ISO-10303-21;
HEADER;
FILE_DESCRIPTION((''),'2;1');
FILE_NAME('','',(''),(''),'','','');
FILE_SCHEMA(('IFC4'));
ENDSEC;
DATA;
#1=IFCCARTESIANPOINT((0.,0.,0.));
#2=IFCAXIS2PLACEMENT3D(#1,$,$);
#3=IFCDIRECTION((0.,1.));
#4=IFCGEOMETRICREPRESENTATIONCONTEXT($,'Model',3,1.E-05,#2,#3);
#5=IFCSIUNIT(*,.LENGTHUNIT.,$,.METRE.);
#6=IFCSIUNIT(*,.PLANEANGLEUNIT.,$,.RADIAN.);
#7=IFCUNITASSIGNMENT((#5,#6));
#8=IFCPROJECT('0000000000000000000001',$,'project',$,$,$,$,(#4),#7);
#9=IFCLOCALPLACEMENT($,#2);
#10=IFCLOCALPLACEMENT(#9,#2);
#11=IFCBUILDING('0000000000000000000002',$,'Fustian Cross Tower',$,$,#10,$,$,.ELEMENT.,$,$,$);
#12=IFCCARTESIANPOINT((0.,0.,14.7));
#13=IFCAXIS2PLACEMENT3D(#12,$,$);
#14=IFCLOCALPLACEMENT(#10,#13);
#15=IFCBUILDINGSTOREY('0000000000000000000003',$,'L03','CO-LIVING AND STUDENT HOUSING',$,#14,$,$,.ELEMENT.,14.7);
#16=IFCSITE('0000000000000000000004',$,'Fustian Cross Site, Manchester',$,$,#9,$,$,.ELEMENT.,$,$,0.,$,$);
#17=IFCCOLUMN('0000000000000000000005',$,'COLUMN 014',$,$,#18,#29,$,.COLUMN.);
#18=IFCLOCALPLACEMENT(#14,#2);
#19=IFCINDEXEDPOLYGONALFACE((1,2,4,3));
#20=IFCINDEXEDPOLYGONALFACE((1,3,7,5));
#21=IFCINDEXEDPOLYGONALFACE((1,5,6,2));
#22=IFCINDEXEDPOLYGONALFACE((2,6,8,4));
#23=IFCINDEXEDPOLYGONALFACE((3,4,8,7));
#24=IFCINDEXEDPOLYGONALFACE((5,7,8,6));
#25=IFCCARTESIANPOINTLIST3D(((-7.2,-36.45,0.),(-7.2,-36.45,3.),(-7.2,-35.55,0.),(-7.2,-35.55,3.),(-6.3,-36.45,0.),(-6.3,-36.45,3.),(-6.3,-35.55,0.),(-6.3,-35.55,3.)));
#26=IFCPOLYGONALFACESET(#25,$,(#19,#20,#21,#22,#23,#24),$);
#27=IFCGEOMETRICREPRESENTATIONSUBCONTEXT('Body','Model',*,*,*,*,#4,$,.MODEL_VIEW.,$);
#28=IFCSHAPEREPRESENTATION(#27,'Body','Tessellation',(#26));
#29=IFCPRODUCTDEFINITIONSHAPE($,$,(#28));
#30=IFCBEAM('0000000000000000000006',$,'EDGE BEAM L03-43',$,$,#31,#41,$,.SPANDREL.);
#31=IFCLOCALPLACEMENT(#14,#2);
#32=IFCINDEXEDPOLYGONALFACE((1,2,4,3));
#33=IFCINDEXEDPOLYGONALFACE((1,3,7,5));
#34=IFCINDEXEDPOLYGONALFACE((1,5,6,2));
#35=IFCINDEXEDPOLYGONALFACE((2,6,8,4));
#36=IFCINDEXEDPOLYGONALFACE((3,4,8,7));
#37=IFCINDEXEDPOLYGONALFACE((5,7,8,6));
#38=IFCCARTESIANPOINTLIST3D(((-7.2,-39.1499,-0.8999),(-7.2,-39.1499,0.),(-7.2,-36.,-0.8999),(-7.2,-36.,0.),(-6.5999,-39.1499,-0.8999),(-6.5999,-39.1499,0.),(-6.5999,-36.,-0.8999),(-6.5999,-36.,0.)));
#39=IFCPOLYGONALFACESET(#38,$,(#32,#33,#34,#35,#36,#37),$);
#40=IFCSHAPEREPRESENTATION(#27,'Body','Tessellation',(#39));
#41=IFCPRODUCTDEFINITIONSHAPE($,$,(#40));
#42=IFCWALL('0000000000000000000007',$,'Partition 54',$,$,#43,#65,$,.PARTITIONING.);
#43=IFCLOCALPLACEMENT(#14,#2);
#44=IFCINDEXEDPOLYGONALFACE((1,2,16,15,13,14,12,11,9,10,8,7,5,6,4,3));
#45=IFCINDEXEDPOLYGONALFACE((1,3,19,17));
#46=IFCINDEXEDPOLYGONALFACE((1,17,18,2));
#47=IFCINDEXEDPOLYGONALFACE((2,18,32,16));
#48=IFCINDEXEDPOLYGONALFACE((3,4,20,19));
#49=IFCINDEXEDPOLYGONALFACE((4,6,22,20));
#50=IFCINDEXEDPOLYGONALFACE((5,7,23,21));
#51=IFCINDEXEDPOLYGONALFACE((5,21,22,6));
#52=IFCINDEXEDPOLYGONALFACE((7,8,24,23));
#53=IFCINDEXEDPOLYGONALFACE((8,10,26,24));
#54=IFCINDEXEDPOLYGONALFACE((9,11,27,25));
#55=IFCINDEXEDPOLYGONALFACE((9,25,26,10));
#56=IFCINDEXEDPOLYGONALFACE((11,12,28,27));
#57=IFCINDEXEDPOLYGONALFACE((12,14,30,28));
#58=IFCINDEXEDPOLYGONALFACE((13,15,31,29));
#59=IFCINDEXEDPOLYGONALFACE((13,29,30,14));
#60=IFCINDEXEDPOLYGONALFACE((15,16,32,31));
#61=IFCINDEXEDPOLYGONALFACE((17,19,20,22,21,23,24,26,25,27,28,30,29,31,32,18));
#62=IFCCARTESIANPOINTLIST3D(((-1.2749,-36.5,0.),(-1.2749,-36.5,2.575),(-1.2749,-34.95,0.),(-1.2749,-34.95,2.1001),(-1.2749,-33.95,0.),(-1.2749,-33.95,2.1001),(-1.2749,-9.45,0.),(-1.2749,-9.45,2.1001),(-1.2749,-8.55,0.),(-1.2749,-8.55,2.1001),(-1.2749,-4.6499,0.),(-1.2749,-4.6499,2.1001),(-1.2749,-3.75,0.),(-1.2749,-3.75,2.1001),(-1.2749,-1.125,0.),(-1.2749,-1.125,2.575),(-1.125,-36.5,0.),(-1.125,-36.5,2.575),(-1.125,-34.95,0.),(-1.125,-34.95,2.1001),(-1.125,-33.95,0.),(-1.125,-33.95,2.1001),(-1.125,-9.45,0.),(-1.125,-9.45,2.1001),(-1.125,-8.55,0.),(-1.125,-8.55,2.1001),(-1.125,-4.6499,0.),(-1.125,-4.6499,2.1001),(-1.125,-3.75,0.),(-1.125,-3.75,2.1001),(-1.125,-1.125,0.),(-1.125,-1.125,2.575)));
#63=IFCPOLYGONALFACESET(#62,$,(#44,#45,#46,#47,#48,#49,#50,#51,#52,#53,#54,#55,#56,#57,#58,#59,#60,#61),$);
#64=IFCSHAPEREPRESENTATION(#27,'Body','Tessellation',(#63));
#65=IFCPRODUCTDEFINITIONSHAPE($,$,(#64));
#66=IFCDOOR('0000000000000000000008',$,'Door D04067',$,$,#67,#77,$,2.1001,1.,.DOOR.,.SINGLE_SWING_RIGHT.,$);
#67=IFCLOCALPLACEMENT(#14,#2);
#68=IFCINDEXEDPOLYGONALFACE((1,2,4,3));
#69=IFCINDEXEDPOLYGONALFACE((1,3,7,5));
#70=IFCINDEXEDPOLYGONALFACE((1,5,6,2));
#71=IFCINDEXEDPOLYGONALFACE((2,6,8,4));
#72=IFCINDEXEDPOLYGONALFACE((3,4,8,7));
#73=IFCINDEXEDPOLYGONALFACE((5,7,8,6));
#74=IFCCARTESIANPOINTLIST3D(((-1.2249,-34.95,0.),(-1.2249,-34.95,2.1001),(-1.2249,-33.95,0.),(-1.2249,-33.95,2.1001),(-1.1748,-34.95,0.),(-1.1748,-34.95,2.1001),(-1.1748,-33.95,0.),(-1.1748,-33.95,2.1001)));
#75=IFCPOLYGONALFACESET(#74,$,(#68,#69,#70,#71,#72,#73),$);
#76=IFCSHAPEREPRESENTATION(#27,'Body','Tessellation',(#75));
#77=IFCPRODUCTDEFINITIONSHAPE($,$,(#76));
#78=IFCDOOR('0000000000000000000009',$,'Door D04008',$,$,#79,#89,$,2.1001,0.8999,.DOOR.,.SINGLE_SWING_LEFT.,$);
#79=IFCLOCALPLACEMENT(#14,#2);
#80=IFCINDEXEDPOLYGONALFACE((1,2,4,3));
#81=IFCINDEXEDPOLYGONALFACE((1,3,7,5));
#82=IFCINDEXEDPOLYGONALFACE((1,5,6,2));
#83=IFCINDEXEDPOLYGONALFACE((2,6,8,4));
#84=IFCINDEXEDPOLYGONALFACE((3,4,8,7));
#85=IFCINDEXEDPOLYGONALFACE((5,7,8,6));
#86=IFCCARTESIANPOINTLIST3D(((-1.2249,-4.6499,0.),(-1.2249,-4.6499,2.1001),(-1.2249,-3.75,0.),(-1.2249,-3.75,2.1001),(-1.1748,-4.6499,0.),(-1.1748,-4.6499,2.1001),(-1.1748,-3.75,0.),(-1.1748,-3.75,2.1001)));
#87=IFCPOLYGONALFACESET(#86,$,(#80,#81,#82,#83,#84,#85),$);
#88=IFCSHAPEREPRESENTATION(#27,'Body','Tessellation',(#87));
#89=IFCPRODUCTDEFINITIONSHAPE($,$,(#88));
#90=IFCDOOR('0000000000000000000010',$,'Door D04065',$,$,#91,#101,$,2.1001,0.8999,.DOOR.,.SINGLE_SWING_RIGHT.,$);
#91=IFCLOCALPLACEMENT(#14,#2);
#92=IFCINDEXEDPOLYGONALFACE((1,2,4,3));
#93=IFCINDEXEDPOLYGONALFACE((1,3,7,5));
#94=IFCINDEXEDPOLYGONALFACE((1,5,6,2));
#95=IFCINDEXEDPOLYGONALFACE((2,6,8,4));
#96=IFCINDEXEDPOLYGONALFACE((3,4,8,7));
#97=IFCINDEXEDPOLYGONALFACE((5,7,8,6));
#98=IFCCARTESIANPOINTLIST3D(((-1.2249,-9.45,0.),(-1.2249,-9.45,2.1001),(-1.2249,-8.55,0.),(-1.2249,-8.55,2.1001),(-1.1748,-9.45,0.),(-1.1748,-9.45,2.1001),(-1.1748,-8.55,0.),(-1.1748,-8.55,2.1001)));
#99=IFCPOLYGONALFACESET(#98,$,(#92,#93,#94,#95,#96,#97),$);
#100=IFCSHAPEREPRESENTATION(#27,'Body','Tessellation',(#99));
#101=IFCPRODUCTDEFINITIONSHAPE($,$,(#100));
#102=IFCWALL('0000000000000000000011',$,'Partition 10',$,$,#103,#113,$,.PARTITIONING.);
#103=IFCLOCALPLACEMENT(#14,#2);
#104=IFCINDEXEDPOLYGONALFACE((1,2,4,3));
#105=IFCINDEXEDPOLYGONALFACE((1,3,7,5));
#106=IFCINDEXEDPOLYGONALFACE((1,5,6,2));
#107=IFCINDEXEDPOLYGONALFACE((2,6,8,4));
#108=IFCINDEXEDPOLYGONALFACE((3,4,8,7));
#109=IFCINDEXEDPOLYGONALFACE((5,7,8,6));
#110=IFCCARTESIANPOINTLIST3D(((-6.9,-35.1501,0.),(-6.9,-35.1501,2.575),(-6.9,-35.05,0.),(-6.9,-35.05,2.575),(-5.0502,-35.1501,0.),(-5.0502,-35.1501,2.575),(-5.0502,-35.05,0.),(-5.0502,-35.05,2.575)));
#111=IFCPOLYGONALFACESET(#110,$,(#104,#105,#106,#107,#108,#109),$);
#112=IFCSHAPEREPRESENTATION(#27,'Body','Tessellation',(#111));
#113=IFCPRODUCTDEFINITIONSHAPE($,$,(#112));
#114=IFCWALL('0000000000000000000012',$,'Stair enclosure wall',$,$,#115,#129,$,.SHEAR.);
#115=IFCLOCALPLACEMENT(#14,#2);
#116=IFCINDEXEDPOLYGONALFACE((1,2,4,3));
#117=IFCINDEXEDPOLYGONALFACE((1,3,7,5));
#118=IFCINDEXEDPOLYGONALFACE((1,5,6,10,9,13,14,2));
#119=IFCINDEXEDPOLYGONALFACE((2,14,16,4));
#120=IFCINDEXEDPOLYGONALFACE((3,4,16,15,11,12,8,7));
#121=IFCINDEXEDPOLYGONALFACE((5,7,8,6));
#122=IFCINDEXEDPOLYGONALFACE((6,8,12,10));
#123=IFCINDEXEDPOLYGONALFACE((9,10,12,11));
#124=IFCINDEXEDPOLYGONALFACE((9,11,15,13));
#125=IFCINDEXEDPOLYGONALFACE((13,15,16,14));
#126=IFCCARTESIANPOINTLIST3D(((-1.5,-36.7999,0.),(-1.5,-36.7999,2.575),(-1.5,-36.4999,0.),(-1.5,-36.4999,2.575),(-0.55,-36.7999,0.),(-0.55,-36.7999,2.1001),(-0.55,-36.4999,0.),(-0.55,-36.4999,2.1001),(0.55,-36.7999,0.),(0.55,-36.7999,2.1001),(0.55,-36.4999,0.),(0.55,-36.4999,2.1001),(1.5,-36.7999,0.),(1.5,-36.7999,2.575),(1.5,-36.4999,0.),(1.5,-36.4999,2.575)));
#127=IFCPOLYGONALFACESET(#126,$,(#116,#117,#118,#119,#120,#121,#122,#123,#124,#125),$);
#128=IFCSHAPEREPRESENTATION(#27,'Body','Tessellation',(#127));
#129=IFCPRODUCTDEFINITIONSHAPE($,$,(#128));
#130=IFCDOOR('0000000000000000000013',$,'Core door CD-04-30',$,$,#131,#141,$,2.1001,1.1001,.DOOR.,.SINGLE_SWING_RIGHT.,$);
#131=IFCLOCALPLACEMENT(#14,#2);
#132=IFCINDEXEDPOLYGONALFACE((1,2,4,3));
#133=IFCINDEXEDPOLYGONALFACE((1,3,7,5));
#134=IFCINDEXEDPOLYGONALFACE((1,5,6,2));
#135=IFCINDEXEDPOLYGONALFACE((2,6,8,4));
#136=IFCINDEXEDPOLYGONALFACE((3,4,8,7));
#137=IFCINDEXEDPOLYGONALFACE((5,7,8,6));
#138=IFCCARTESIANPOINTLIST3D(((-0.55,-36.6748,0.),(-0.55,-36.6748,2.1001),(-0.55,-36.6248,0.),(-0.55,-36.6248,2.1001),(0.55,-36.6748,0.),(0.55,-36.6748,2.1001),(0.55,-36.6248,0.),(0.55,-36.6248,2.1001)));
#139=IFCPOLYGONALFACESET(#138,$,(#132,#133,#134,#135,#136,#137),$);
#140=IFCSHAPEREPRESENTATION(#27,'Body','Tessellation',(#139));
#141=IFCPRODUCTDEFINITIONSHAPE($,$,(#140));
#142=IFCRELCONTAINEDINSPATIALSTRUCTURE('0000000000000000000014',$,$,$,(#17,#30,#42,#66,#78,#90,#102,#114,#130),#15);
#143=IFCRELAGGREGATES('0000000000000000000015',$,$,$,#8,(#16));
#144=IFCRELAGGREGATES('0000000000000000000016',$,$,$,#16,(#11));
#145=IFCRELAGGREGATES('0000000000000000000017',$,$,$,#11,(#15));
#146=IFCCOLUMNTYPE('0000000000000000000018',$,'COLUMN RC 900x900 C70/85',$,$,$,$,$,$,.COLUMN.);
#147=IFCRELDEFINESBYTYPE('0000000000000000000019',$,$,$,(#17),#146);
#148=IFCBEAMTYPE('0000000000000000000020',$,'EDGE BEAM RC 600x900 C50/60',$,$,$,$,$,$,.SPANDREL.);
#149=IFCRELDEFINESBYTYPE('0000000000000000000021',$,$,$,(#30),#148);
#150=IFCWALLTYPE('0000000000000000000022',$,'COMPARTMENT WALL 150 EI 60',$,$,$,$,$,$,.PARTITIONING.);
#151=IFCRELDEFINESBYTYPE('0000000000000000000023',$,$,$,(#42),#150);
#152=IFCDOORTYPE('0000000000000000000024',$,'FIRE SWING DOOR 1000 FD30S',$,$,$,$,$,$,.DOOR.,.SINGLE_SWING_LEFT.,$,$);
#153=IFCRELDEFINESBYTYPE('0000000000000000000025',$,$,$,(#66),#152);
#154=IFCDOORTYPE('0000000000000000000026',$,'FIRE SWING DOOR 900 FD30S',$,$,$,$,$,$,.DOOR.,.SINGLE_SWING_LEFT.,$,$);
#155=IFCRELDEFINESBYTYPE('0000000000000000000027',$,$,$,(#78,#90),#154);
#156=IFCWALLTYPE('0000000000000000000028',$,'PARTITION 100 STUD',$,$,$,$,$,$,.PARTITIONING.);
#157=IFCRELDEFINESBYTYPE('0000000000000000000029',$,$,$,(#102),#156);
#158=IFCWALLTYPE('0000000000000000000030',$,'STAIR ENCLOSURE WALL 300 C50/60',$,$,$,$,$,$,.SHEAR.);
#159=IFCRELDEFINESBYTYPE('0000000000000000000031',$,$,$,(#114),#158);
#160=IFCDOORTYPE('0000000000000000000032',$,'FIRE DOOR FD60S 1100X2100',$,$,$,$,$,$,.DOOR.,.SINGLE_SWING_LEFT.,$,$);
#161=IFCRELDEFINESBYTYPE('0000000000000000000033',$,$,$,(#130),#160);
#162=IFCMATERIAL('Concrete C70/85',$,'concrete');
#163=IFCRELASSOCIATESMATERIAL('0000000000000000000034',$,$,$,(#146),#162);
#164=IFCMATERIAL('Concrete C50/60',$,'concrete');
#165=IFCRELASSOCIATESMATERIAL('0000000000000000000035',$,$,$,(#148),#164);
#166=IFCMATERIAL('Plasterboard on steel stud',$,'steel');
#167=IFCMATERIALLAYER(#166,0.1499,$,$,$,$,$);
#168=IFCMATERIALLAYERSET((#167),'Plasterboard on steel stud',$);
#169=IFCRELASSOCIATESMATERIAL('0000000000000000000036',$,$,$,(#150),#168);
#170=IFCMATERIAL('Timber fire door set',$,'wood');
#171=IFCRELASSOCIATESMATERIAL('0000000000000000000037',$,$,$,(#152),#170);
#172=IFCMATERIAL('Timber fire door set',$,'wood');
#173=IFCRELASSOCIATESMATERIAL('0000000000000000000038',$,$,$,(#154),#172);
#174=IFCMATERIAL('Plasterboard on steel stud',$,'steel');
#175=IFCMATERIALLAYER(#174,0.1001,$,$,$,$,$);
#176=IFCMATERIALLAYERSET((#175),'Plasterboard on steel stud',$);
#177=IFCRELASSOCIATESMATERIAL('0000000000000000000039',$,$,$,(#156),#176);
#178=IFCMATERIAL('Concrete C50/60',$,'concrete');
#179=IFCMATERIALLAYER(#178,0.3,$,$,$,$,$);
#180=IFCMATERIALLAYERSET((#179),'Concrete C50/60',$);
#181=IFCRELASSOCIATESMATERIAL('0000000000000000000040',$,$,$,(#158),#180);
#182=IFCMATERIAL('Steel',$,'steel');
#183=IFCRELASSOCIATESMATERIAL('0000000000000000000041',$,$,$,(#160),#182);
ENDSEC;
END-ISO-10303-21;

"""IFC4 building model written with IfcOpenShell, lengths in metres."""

from ifc_helpers import new_model, si_unit, direction, frame, frame_2d, origin, origin_2d, place, context, subcontext, project, spatial, rectangle, extrude, material, layer, layer_set, material_profile, profile_set, type_object, element, fill, save


model = new_model("IFC4")

# Units and contexts
model_context = context("Model", 3, precision=1e-05, world=origin(), true_north=direction((0.0, 1.0)))
body_context = subcontext(model_context, "Body", "Model", "MODEL_VIEW")
ifc_project = project(units=[si_unit("LENGTHUNIT", "METRE"), si_unit("PLANEANGLEUNIT", "RADIAN")], contexts=[model_context])

# Site, building, storey
site_placement = place(None, origin())
site = spatial("IfcSite", under=ifc_project, at=site_placement, Name="Fustian Cross Site, Manchester", CompositionType="ELEMENT", RefElevation=0.0)
building_placement = place(site_placement, origin())
building = spatial("IfcBuilding", under=site, at=building_placement, Name="Fustian Cross Tower", CompositionType="ELEMENT")
storey_placement = place(building_placement, frame((0.0, 0.0, 14.7)))
storey = spatial("IfcBuildingStorey", under=building, at=storey_placement, Name="L03", Description="CO-LIVING AND STUDENT HOUSING", CompositionType="ELEMENT", Elevation=14.7)

# Column
ifc_material_1 = material(Name="Concrete C70/85", Category="concrete")
ifc_material_profile_1 = material_profile(ifc_material_1, rectangle(XDim=0.8999, YDim=0.8999, at=origin_2d()), Name="RC 900x900")
ifc_profile_set_1 = profile_set([ifc_material_profile_1], Name="Concrete C70/85")
column_type = type_object("IfcColumnType", Name="COLUMN RC 900x900 C70/85", PredefinedType="COLUMN", material=ifc_profile_set_1)
column_placement = place(storey_placement, frame((-6.75, -36.0, 0.0), z_axis=(0.0, 0.0, 1.0), x_axis=(1.0, 0.0, 0.0)))
element("IfcColumn", 1, at=column_placement, inside=storey, type_object=column_type, Name="COLUMN 014", PredefinedType="COLUMN", context=body_context, shape_type="SweptSolid", body=[
    extrude(rectangle(XDim=0.8999, YDim=0.8999, at=origin_2d()), origin(), (0.0, 0.0, 1.0), 3.0),
])

# Beam
ifc_material_2 = material(Name="Concrete C50/60", Category="concrete")
ifc_material_profile_2 = material_profile(ifc_material_2, rectangle(XDim=0.6001, YDim=0.8999, at=origin_2d()), Name="RC 600x900")
ifc_profile_set_2 = profile_set([ifc_material_profile_2], Name="Concrete C50/60")
beam_type = type_object("IfcBeamType", Name="EDGE BEAM RC 600x900 C50/60", PredefinedType="SPANDREL", material=ifc_profile_set_2)
beam_placement = place(storey_placement, frame((-6.8999, -36.0, -0.45), z_axis=(0.0, -1.0, 0.0), x_axis=(1.0, 0.0, 0.0)))
element("IfcBeam", 2, at=beam_placement, inside=storey, type_object=beam_type, Name="EDGE BEAM L03-43", PredefinedType="SPANDREL", context=body_context, shape_type="SweptSolid", body=[
    extrude(rectangle(XDim=0.6001, YDim=0.8999, at=origin_2d()), origin(), (0.0, 0.0, 1.0), 3.1499),
])

# Wall, openings, doors
ifc_material_3 = material(Name="Plasterboard on steel stud", Category="steel")
ifc_layer_1 = layer(ifc_material_3, 0.1499)
ifc_layer_set_1 = layer_set([ifc_layer_1], Name="Plasterboard on steel stud")
wall_type_1 = type_object("IfcWallType", Name="COMPARTMENT WALL 150 EI 60", PredefinedType="PARTITIONING", material=ifc_layer_set_1)
wall_1_placement = place(storey_placement, frame((-1.2, -36.5, 0.0), z_axis=(0.0, 0.0, 1.0), x_axis=(0.0, 1.0, 0.0)))
wall_1 = element("IfcWall", 3, at=wall_1_placement, inside=storey, type_object=wall_type_1, Name="Partition 54", PredefinedType="PARTITIONING", context=body_context, shape_type="SweptSolid", body=[
    extrude(rectangle(XDim=35.375, YDim=0.1499, at=frame_2d((17.6875, 0.0))), origin(), (0.0, 0.0, 1.0), 2.575),
])
opening_1_placement = place(wall_1_placement, frame((31.8501, 0.0, 0.0)))
opening_1 = element("IfcOpeningElement", 4, at=opening_1_placement, cuts=wall_1, PredefinedType="OPENING", context=body_context, shape_type="SweptSolid", body=[
    extrude(rectangle(XDim=0.8999, YDim=2.1001, at=frame_2d((0.45, 1.05))), frame((0.0, 0.085, 0.0), z_axis=(0.0, -1.0, 0.0), x_axis=(1.0, 0.0, 0.0)), (0.0, 0.0, 1.0), 0.1699),
])
opening_2_placement = place(wall_1_placement, frame((27.05, 0.0, 0.0)))
opening_2 = element("IfcOpeningElement", 5, at=opening_2_placement, cuts=wall_1, PredefinedType="OPENING", context=body_context, shape_type="SweptSolid", body=[
    extrude(rectangle(XDim=0.8999, YDim=2.1001, at=frame_2d((0.45, 1.05))), frame((0.0, 0.085, 0.0), z_axis=(0.0, -1.0, 0.0), x_axis=(1.0, 0.0, 0.0)), (0.0, 0.0, 1.0), 0.1699),
])
opening_3_placement = place(wall_1_placement, frame((1.55, 0.0, 0.0)))
opening_3 = element("IfcOpeningElement", 6, at=opening_3_placement, cuts=wall_1, PredefinedType="OPENING", context=body_context, shape_type="SweptSolid", body=[
    extrude(rectangle(XDim=1.0, YDim=2.1001, at=frame_2d((0.5, 1.05))), frame((0.0, 0.085, 0.0), z_axis=(0.0, -1.0, 0.0), x_axis=(1.0, 0.0, 0.0)), (0.0, 0.0, 1.0), 0.1699),
])
ifc_material_4 = material(Name="Timber fire door set", Category="wood")
door_type_1 = type_object("IfcDoorType", Name="FIRE SWING DOOR 1000 FD30S", OperationType="SINGLE_SWING_LEFT", PredefinedType="DOOR", material=ifc_material_4)
door_1_placement = place(opening_3_placement, origin())
door_1 = element("IfcDoor", 7, at=door_1_placement, inside=storey, type_object=door_type_1, Name="Door D04067", OperationType="SINGLE_SWING_RIGHT", OverallHeight=2.1001, OverallWidth=1.0, PredefinedType="DOOR", context=body_context, shape_type="SweptSolid", body=[
    extrude(rectangle(XDim=1.0, YDim=2.1001, at=frame_2d((0.5, 1.05))), frame((0.0, 0.0249, 0.0), z_axis=(0.0, -1.0, 0.0), x_axis=(1.0, 0.0, 0.0)), (0.0, 0.0, 1.0), 0.05),
])
fill(opening_3, door_1)
ifc_material_5 = material(Name="Timber fire door set", Category="wood")
door_type_2 = type_object("IfcDoorType", Name="FIRE SWING DOOR 900 FD30S", OperationType="SINGLE_SWING_LEFT", PredefinedType="DOOR", material=ifc_material_5)
door_2_placement = place(opening_1_placement, origin())
door_2 = element("IfcDoor", 8, at=door_2_placement, inside=storey, type_object=door_type_2, Name="Door D04008", OperationType="SINGLE_SWING_LEFT", OverallHeight=2.1001, OverallWidth=0.8999, PredefinedType="DOOR", context=body_context, shape_type="SweptSolid", body=[
    extrude(rectangle(XDim=0.8999, YDim=2.1001, at=frame_2d((0.45, 1.05))), frame((0.0, 0.0249, 0.0), z_axis=(0.0, -1.0, 0.0), x_axis=(1.0, 0.0, 0.0)), (0.0, 0.0, 1.0), 0.05),
])
fill(opening_1, door_2)
door_3_placement = place(opening_2_placement, origin())
door_3 = element("IfcDoor", 9, at=door_3_placement, inside=storey, type_object=door_type_2, Name="Door D04065", OperationType="SINGLE_SWING_RIGHT", OverallHeight=2.1001, OverallWidth=0.8999, PredefinedType="DOOR", context=body_context, shape_type="SweptSolid", body=[
    extrude(rectangle(XDim=0.8999, YDim=2.1001, at=frame_2d((0.45, 1.05))), frame((0.0, 0.0249, 0.0), z_axis=(0.0, -1.0, 0.0), x_axis=(1.0, 0.0, 0.0)), (0.0, 0.0, 1.0), 0.05),
])
fill(opening_2, door_3)

# Wall
ifc_material_6 = material(Name="Plasterboard on steel stud", Category="steel")
ifc_layer_2 = layer(ifc_material_6, 0.1001)
ifc_layer_set_2 = layer_set([ifc_layer_2], Name="Plasterboard on steel stud")
wall_type_2 = type_object("IfcWallType", Name="PARTITION 100 STUD", PredefinedType="PARTITIONING", material=ifc_layer_set_2)
wall_2_placement = place(storey_placement, frame((-6.8999, -35.1001, 0.0), z_axis=(0.0, 0.0, 1.0), x_axis=(1.0, 0.0, 0.0)))
element("IfcWall", 10, at=wall_2_placement, inside=storey, type_object=wall_type_2, Name="Partition 10", PredefinedType="PARTITIONING", context=body_context, shape_type="SweptSolid", body=[
    extrude(rectangle(XDim=1.8499, YDim=0.1001, at=frame_2d((0.9248, 0.0))), origin(), (0.0, 0.0, 1.0), 2.575),
])

# Wall, opening, door
ifc_material_7 = material(Name="Concrete C50/60", Category="concrete")
ifc_layer_3 = layer(ifc_material_7, 0.3)
ifc_layer_set_3 = layer_set([ifc_layer_3], Name="Concrete C50/60")
wall_type_3 = type_object("IfcWallType", Name="STAIR ENCLOSURE WALL 300 C50/60", PredefinedType="SHEAR", material=ifc_layer_set_3)
wall_3_placement = place(storey_placement, frame((-1.5, -36.6499, 0.0), z_axis=(0.0, 0.0, 1.0), x_axis=(1.0, 0.0, 0.0)))
wall_3 = element("IfcWall", 11, at=wall_3_placement, inside=storey, type_object=wall_type_3, Name="Stair enclosure wall", PredefinedType="SHEAR", context=body_context, shape_type="SweptSolid", body=[
    extrude(rectangle(XDim=3.0, YDim=0.3, at=frame_2d((1.5, 0.0))), origin(), (0.0, 0.0, 1.0), 2.575),
])
opening_4_placement = place(wall_3_placement, frame((0.95, 0.0, 0.0)))
opening_4 = element("IfcOpeningElement", 12, at=opening_4_placement, cuts=wall_3, PredefinedType="OPENING", context=body_context, shape_type="SweptSolid", body=[
    extrude(rectangle(XDim=1.1001, YDim=2.1001, at=frame_2d((0.55, 1.05))), frame((0.0, 0.1599, 0.0), z_axis=(0.0, -1.0, 0.0), x_axis=(1.0, 0.0, 0.0)), (0.0, 0.0, 1.0), 0.3201),
])
ifc_material_8 = material(Name="Steel", Category="steel")
door_type_3 = type_object("IfcDoorType", Name="FIRE DOOR FD60S 1100X2100", OperationType="SINGLE_SWING_LEFT", PredefinedType="DOOR", material=ifc_material_8)
door_4_placement = place(opening_4_placement, frame((1.1001, 0.0, 0.0), z_axis=(0.0, 0.0, 1.0), x_axis=(-1.0, 0.0, 0.0)))
door_4 = element("IfcDoor", 13, at=door_4_placement, inside=storey, type_object=door_type_3, Name="Core door CD-04-30", OperationType="SINGLE_SWING_RIGHT", OverallHeight=2.1001, OverallWidth=1.1001, PredefinedType="DOOR", context=body_context, shape_type="SweptSolid", body=[
    extrude(rectangle(XDim=1.1001, YDim=2.1001, at=frame_2d((0.55, 1.05))), frame((0.0, 0.0249, 0.0), z_axis=(0.0, -1.0, 0.0), x_axis=(1.0, 0.0, 0.0)), (0.0, 0.0, 1.0), 0.05),
])
fill(opening_4, door_4)

save(model, "model.ifc")
